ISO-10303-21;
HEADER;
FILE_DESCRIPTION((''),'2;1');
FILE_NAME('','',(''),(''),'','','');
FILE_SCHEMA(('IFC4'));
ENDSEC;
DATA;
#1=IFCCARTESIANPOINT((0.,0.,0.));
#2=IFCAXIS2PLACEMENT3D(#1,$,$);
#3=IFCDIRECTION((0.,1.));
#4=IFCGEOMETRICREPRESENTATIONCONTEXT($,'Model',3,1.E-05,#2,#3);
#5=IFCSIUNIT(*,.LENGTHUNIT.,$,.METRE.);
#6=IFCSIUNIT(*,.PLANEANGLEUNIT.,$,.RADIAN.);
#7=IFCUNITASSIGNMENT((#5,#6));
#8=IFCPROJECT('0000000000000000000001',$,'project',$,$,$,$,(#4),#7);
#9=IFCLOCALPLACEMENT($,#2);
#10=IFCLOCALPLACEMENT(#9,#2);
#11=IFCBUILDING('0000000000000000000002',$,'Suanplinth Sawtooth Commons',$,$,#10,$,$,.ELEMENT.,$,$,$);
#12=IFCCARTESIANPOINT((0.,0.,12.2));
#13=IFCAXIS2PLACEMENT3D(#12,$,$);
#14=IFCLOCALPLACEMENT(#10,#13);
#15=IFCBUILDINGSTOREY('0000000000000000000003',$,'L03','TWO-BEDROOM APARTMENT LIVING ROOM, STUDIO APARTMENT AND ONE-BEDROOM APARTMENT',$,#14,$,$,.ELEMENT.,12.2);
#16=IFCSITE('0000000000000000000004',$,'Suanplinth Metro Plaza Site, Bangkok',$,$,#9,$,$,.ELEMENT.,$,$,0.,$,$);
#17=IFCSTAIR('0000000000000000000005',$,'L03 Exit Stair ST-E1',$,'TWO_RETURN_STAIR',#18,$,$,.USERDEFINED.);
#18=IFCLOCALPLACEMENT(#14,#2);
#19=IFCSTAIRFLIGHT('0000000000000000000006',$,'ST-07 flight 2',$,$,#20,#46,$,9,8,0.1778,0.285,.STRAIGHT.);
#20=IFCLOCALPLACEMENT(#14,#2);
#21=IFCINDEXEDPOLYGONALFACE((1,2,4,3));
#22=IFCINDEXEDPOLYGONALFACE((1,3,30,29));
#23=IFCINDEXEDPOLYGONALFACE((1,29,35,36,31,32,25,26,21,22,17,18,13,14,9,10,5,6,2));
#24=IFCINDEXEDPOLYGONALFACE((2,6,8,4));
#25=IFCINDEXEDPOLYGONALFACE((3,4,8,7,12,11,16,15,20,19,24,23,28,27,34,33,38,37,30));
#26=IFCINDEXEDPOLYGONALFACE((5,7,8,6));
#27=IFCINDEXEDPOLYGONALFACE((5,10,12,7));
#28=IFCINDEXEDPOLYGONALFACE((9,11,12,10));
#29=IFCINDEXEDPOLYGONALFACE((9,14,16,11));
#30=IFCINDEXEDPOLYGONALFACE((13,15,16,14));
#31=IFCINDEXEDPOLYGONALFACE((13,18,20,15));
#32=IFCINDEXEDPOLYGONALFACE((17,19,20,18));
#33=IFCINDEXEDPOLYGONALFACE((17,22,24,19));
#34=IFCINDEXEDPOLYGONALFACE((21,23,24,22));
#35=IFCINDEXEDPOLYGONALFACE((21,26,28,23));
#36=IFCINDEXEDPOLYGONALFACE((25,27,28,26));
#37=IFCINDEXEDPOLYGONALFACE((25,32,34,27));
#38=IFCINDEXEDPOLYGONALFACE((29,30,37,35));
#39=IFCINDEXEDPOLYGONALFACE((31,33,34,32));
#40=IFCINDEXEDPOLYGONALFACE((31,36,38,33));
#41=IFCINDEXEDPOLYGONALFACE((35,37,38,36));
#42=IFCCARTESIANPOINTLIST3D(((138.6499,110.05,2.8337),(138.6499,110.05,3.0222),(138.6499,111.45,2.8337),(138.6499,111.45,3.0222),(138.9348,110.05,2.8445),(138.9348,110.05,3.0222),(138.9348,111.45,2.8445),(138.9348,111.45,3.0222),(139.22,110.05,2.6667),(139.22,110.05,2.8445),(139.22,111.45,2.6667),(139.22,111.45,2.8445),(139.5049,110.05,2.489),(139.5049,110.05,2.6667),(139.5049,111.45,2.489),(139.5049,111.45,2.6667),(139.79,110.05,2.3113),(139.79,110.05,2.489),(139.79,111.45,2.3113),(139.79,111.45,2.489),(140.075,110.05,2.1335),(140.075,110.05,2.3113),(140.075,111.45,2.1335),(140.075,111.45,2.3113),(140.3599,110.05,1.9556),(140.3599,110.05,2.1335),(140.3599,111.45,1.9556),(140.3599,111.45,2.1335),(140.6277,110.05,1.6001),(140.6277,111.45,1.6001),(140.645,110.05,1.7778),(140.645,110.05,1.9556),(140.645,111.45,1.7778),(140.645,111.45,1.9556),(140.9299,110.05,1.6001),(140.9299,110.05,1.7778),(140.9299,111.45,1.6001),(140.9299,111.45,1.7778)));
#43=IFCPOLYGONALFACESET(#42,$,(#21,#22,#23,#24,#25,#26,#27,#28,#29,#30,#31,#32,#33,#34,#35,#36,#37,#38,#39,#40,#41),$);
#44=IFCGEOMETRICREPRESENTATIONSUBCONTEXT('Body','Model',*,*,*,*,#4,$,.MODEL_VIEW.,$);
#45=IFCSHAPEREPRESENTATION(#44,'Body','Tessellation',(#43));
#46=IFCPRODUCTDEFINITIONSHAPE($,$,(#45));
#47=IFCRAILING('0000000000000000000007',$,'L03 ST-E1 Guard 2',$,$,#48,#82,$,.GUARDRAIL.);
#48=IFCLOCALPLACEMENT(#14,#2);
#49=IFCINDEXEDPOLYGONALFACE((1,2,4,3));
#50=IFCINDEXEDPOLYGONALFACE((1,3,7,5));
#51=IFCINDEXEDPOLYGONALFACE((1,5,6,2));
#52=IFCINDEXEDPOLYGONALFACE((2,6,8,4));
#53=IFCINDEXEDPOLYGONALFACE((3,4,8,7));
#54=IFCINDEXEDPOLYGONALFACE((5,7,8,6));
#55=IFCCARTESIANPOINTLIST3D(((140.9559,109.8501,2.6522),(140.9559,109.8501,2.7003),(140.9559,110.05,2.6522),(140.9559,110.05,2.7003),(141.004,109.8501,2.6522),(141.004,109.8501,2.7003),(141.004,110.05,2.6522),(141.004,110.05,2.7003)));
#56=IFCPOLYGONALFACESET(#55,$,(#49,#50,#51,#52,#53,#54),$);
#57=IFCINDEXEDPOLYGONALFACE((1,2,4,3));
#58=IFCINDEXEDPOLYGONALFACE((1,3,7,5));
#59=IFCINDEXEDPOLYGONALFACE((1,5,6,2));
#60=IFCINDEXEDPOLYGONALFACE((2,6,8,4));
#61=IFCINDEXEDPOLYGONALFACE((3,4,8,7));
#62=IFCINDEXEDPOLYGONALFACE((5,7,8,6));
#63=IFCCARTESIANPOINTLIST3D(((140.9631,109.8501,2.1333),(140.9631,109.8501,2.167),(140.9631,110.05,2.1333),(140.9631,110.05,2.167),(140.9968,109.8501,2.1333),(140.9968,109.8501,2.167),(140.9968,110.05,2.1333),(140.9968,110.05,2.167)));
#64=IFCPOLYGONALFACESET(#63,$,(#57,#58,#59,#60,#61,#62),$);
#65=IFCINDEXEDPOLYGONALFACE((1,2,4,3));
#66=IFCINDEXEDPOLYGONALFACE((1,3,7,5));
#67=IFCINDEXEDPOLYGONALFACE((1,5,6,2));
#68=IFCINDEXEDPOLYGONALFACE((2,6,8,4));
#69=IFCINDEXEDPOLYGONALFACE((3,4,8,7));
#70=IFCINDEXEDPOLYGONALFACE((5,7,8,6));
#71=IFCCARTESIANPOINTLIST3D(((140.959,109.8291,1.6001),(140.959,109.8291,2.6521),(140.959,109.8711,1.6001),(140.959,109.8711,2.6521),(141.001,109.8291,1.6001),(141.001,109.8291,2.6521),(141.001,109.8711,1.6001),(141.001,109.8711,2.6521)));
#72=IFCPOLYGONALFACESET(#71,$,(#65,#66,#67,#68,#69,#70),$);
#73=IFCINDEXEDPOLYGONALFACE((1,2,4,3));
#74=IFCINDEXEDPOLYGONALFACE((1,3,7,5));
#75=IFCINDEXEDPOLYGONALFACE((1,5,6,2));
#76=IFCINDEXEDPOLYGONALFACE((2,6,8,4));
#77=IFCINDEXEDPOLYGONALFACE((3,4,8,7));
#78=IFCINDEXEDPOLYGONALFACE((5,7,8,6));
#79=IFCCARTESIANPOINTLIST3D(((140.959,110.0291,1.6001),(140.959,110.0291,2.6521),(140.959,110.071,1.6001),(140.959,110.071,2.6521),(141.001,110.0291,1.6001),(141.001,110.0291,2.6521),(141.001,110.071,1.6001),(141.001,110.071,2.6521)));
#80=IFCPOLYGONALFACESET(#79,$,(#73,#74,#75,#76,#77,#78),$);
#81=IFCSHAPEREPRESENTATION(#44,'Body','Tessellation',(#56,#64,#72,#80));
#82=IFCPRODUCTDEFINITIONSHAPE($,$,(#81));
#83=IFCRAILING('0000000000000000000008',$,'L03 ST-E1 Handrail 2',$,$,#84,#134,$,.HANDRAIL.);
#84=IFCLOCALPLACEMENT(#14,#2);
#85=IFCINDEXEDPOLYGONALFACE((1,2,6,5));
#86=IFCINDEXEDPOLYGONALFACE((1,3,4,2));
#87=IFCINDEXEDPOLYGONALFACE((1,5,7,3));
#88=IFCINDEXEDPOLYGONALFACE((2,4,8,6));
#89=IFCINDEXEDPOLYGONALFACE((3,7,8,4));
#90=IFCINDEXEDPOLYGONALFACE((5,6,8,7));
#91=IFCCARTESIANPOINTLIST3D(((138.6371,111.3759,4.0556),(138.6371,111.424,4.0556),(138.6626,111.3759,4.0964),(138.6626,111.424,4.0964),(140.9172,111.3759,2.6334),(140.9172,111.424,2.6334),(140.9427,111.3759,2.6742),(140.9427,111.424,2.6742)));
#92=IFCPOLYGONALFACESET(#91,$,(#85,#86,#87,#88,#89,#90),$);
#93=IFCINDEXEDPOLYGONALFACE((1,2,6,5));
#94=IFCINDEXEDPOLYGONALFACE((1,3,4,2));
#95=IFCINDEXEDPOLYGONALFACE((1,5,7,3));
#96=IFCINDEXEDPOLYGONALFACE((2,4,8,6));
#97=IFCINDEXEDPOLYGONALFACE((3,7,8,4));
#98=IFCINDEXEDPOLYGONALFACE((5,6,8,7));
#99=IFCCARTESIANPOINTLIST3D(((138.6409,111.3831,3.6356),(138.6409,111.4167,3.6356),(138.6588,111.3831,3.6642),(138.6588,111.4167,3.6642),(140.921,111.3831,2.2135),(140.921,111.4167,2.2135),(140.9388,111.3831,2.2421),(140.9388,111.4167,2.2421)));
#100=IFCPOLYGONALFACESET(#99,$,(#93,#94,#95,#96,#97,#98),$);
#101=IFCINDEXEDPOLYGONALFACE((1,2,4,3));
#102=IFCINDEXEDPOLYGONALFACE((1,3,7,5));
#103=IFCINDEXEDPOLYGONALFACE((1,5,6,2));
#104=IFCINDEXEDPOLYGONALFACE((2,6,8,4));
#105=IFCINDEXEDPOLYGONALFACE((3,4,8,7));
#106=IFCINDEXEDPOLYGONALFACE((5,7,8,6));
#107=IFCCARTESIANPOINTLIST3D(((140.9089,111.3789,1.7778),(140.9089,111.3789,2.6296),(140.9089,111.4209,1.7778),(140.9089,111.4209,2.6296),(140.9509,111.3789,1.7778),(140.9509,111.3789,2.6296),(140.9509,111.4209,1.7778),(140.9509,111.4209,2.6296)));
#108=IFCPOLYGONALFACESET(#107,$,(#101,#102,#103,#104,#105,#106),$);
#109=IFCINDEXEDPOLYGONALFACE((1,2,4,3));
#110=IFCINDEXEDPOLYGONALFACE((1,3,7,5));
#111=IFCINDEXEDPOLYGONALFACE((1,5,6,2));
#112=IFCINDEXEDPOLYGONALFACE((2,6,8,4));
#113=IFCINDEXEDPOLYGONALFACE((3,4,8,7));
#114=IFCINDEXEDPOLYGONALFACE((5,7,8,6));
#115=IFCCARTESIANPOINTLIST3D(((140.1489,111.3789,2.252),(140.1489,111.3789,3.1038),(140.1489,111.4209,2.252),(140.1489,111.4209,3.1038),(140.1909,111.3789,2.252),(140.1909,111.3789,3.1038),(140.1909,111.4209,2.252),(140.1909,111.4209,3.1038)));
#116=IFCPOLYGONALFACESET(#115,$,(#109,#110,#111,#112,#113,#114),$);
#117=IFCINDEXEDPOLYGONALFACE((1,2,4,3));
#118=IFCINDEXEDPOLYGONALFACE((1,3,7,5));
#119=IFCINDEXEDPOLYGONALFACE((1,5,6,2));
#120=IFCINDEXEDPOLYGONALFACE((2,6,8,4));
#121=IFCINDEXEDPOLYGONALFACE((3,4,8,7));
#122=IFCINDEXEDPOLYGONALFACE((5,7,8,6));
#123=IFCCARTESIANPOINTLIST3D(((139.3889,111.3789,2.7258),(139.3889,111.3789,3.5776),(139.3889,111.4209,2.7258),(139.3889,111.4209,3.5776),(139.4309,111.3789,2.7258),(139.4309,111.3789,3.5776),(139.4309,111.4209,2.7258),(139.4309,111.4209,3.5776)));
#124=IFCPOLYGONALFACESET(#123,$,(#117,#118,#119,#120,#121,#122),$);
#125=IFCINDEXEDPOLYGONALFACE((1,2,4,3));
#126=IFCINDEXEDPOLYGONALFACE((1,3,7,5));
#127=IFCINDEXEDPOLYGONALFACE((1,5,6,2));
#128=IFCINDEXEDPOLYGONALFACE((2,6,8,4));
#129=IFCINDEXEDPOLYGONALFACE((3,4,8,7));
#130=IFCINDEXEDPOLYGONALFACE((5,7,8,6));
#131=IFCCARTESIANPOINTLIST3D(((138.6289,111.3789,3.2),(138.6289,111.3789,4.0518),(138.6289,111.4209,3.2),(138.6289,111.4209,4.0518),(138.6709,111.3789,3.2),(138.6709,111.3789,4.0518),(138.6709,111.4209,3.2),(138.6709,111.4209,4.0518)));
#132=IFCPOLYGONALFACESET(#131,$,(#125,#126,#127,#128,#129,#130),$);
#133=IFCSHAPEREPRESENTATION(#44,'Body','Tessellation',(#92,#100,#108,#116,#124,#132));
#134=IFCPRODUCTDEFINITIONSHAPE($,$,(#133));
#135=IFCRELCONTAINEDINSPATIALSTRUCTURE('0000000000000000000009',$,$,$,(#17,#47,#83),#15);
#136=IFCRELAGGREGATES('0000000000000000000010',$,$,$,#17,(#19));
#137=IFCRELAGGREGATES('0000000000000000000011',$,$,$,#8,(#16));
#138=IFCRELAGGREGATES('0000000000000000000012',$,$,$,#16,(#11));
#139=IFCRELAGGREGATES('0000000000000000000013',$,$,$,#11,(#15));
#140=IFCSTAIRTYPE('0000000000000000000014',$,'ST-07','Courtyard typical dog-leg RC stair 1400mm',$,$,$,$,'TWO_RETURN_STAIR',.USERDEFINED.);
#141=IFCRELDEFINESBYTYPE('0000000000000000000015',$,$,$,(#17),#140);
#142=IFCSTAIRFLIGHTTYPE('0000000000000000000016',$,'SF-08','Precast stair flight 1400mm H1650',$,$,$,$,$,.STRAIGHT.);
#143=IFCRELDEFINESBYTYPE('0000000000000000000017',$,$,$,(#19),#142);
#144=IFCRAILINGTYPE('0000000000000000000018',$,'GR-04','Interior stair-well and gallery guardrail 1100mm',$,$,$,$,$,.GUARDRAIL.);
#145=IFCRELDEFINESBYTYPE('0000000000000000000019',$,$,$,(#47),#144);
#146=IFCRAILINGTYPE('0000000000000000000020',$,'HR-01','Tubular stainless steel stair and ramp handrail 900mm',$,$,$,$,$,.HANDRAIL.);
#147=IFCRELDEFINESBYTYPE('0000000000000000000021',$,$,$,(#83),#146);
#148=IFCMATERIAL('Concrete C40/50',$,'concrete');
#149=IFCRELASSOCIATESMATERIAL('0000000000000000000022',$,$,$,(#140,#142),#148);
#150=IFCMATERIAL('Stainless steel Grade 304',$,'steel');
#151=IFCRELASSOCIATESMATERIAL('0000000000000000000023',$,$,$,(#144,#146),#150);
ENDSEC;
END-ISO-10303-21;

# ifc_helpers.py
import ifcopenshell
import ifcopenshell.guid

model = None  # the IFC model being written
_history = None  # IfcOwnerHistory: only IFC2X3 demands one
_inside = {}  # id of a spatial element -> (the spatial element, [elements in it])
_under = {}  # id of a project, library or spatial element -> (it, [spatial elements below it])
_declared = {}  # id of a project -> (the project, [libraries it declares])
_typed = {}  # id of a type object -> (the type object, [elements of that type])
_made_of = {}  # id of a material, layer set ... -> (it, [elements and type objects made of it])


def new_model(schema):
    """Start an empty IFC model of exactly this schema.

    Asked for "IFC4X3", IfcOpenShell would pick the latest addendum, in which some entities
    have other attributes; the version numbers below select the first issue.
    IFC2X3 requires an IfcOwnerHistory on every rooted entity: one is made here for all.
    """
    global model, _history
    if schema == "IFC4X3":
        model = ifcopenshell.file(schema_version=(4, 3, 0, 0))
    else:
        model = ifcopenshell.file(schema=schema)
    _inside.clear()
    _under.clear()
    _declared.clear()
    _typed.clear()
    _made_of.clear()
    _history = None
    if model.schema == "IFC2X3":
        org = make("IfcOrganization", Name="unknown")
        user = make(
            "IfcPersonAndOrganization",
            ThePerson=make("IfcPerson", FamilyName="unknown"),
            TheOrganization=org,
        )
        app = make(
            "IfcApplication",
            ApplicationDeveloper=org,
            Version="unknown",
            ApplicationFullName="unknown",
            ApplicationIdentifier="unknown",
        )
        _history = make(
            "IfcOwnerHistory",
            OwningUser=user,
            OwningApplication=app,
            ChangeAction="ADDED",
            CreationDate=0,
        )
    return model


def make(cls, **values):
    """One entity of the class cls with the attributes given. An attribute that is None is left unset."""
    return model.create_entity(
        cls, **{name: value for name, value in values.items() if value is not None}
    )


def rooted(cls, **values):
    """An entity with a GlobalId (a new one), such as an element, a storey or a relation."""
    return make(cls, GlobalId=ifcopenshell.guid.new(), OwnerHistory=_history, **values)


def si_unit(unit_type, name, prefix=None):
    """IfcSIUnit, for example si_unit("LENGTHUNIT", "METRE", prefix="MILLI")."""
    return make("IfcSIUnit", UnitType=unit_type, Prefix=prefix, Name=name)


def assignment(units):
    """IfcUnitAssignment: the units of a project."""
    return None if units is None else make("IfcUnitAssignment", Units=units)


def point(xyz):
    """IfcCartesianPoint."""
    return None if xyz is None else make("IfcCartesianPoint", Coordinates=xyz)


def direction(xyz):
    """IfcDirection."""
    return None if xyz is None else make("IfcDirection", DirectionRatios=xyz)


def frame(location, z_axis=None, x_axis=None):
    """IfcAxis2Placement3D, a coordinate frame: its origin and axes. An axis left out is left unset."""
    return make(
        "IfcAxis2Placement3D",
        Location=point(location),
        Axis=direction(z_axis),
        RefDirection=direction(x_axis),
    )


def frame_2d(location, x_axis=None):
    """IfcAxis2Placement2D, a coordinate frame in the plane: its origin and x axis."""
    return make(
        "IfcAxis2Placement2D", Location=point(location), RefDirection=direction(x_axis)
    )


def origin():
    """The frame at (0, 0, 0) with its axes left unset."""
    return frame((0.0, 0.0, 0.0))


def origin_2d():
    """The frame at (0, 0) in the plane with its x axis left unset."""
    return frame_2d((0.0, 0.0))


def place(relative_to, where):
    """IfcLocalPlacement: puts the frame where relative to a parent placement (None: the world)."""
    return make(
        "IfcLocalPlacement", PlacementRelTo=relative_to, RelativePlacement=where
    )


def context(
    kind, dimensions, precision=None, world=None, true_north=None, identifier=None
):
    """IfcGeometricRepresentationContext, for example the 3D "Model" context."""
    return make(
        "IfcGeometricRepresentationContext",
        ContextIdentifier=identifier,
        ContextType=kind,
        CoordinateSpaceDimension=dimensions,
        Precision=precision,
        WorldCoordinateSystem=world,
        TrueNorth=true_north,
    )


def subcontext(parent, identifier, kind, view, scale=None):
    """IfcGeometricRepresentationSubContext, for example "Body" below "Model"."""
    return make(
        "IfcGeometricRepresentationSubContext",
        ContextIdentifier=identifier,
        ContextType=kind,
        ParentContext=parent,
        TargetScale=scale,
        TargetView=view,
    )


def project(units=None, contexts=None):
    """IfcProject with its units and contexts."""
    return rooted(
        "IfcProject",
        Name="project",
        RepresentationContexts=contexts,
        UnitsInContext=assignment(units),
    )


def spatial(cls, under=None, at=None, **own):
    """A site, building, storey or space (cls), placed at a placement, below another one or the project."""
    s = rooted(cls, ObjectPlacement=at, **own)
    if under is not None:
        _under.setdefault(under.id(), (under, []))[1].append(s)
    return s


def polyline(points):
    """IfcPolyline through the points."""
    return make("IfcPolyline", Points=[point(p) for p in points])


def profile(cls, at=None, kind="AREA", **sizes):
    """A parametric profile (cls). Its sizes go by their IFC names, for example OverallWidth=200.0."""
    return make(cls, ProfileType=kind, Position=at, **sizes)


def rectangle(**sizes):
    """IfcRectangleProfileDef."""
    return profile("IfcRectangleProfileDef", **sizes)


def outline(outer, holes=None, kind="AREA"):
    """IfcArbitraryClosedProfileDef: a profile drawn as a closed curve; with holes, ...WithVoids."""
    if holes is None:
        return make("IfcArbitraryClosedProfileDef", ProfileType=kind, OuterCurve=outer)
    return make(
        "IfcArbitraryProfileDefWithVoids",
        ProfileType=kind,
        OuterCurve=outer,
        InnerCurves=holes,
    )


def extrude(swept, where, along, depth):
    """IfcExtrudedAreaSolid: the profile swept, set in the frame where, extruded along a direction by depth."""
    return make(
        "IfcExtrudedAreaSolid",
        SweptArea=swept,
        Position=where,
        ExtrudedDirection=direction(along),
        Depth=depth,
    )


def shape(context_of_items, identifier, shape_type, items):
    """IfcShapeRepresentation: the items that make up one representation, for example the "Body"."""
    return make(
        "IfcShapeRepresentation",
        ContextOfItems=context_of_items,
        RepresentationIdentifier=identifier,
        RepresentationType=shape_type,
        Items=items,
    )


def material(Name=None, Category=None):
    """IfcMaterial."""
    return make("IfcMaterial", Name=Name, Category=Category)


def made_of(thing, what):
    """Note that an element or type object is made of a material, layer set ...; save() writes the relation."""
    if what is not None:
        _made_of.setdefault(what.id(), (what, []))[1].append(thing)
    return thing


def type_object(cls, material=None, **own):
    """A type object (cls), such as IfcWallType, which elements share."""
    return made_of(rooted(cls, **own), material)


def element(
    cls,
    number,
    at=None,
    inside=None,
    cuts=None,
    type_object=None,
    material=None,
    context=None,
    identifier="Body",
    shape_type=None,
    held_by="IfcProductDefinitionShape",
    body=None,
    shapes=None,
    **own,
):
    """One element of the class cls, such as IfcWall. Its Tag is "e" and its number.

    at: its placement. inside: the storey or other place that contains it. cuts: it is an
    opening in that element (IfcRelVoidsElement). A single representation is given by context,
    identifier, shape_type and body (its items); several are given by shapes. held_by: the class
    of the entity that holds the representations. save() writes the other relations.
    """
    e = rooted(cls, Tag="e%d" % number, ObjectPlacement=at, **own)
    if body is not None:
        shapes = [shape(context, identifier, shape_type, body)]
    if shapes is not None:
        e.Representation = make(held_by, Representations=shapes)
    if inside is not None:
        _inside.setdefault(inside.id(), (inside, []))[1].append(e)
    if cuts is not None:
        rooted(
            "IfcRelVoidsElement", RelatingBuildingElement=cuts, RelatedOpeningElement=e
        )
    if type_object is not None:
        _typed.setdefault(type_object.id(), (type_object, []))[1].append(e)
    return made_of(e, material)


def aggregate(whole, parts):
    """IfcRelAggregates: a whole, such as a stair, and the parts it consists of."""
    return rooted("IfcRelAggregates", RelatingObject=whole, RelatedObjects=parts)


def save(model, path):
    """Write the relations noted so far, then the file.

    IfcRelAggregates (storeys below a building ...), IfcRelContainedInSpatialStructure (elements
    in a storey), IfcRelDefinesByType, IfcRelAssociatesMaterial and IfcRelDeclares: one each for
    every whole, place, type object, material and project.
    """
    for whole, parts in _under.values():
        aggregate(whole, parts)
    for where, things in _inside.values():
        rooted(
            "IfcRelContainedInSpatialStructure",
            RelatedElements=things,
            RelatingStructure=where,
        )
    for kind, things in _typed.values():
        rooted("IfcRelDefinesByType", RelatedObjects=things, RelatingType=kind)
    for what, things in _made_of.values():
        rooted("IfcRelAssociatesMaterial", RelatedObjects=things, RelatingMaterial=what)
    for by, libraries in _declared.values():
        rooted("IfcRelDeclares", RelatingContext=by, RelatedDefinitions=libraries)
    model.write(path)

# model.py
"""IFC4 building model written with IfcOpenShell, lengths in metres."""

from ifc_helpers import new_model, si_unit, direction, frame, origin, origin_2d, place, context, subcontext, project, spatial, polyline, rectangle, outline, extrude, material, type_object, element, aggregate, save


model = new_model("IFC4")

# Units and contexts
model_context = context("Model", 3, precision=1e-05, world=origin(), true_north=direction((0.0, 1.0)))
body_context = subcontext(model_context, "Body", "Model", "MODEL_VIEW")
ifc_project = project(units=[si_unit("LENGTHUNIT", "METRE"), si_unit("PLANEANGLEUNIT", "RADIAN")], contexts=[model_context])

# Site, building, storey
site_placement = place(None, origin())
site = spatial("IfcSite", under=ifc_project, at=site_placement, Name="Suanplinth Metro Plaza Site, Bangkok", CompositionType="ELEMENT", RefElevation=0.0)
building_placement = place(site_placement, origin())
building = spatial("IfcBuilding", under=site, at=building_placement, Name="Suanplinth Sawtooth Commons", CompositionType="ELEMENT")
storey_placement = place(building_placement, frame((0.0, 0.0, 12.2)))
storey = spatial("IfcBuildingStorey", under=building, at=storey_placement, Name="L03", Description="TWO-BEDROOM APARTMENT LIVING ROOM, STUDIO APARTMENT AND ONE-BEDROOM APARTMENT", CompositionType="ELEMENT", Elevation=12.2)

# Shared definitions
ifc_material_1 = material(Name="Concrete C40/50", Category="concrete")

# Shared definitions
ifc_material_2 = material(Name="Stainless steel Grade 304", Category="steel")

# Stair, stair flight
stair_type = type_object("IfcStairType", Name="ST-07", Description="Courtyard typical dog-leg RC stair 1400mm", ElementType="TWO_RETURN_STAIR", PredefinedType="USERDEFINED", material=ifc_material_1)
stair_placement = place(storey_placement, origin())
stair = element("IfcStair", 1, at=stair_placement, inside=storey, type_object=stair_type, Name="L03 Exit Stair ST-E1", ObjectType="TWO_RETURN_STAIR", PredefinedType="USERDEFINED")
stair_flight_type = type_object("IfcStairFlightType", Name="SF-08", Description="Precast stair flight 1400mm H1650", PredefinedType="STRAIGHT", material=ifc_material_1)
stair_flight_placement = place(storey_placement, frame((140.9299, 110.75, 1.6001), z_axis=(0.0, 0.0, 1.0), x_axis=(-1.0, 0.0, 0.0)))
stair_flight = element("IfcStairFlight", 2, at=stair_flight_placement, type_object=stair_flight_type, Name="ST-07 flight 2", NumberOfRisers=9, NumberOfTreads=8, PredefinedType="STRAIGHT", RiserHeight=0.1778, TreadLength=0.285, context=body_context, shape_type="SweptSolid", body=[
    extrude(outline(polyline([(0.0, 0.0), (0.0, 0.1777), (0.2849, 0.1777), (0.2849, 0.3555), (0.5701, 0.3555), (0.5701, 0.5334), (0.855, 0.5334), (0.855, 0.7112), (1.1399, 0.7112), (1.1399, 0.8889), (1.425, 0.8889), (1.425, 1.0667), (1.71, 1.0667), (1.71, 1.2444), (1.9951, 1.2444), (1.9951, 1.4221), (2.28, 1.4221), (2.28, 1.6001), (2.28, 1.2336), (0.3022, 0.0), (0.0, 0.0)])), frame((0.0, 0.7, 0.0), z_axis=(0.0, -1.0, 0.0), x_axis=(1.0, 0.0, 0.0)), (0.0, 0.0, 1.0), 1.3999),
])
aggregate(stair, [stair_flight])

# Railings
railing_type_1 = type_object("IfcRailingType", Name="GR-04", Description="Interior stair-well and gallery guardrail 1100mm", PredefinedType="GUARDRAIL", material=ifc_material_2)
railing_1_placement = place(storey_placement, frame((140.98, 109.8501, 1.6001)))
element("IfcRailing", 3, at=railing_1_placement, inside=storey, type_object=railing_type_1, Name="L03 ST-E1 Guard 2", PredefinedType="GUARDRAIL", context=body_context, shape_type="SweptSolid", body=[
    extrude(rectangle(XDim=0.0481, YDim=0.0481, at=origin_2d()), frame((0.0, 0.0, 1.0762), z_axis=(0.0, 1.0, 0.0), x_axis=(-1.0, 0.0, 0.0)), (0.0, 0.0, 1.0), 0.2),
    extrude(rectangle(XDim=0.0337, YDim=0.0337, at=origin_2d()), frame((0.0, 0.0, 0.55), z_axis=(0.0, 1.0, 0.0), x_axis=(-1.0, 0.0, 0.0)), (0.0, 0.0, 1.0), 0.2),
    extrude(rectangle(XDim=0.042, YDim=0.042, at=origin_2d()), origin(), (0.0, 0.0, 1.0), 1.052),
    extrude(rectangle(XDim=0.042, YDim=0.042, at=origin_2d()), frame((0.0, 0.2, 0.0)), (0.0, 0.0, 1.0), 1.052),
])
railing_type_2 = type_object("IfcRailingType", Name="HR-01", Description="Tubular stainless steel stair and ramp handrail 900mm", PredefinedType="HANDRAIL", material=ifc_material_2)
railing_2_placement = place(storey_placement, frame((140.9299, 111.3999, 1.7778)))
element("IfcRailing", 4, at=railing_2_placement, inside=storey, type_object=railing_type_2, Name="L03 ST-E1 Handrail 2", PredefinedType="HANDRAIL", context=body_context, shape_type="SweptSolid", body=[
    extrude(rectangle(XDim=0.0481, YDim=0.0481, at=origin_2d()), frame((0.0, 0.0, 0.876), z_axis=(-0.848483, 0.0, 0.529223), x_axis=(0.0, -1.0, 0.0)), (0.0, 0.0, 1.0), 2.6873),
    extrude(rectangle(XDim=0.0337, YDim=0.0337, at=origin_2d()), frame((0.0, 0.0, 0.45), z_axis=(-0.848483, 0.0, 0.529223), x_axis=(0.0, -1.0, 0.0)), (0.0, 0.0, 1.0), 2.6873),
    extrude(rectangle(XDim=0.042, YDim=0.042, at=origin_2d()), origin(), (0.0, 0.0, 1.0), 0.8518),
    extrude(rectangle(XDim=0.042, YDim=0.042, at=origin_2d()), frame((-0.76, 0.0, 0.4741)), (0.0, 0.0, 1.0), 0.8518),
    extrude(rectangle(XDim=0.042, YDim=0.042, at=origin_2d()), frame((-1.52, 0.0, 0.948)), (0.0, 0.0, 1.0), 0.8518),
    extrude(rectangle(XDim=0.042, YDim=0.042, at=origin_2d()), frame((-2.28, 0.0, 1.4221)), (0.0, 0.0, 1.0), 0.8518),
])

save(model, "model.ifc")
